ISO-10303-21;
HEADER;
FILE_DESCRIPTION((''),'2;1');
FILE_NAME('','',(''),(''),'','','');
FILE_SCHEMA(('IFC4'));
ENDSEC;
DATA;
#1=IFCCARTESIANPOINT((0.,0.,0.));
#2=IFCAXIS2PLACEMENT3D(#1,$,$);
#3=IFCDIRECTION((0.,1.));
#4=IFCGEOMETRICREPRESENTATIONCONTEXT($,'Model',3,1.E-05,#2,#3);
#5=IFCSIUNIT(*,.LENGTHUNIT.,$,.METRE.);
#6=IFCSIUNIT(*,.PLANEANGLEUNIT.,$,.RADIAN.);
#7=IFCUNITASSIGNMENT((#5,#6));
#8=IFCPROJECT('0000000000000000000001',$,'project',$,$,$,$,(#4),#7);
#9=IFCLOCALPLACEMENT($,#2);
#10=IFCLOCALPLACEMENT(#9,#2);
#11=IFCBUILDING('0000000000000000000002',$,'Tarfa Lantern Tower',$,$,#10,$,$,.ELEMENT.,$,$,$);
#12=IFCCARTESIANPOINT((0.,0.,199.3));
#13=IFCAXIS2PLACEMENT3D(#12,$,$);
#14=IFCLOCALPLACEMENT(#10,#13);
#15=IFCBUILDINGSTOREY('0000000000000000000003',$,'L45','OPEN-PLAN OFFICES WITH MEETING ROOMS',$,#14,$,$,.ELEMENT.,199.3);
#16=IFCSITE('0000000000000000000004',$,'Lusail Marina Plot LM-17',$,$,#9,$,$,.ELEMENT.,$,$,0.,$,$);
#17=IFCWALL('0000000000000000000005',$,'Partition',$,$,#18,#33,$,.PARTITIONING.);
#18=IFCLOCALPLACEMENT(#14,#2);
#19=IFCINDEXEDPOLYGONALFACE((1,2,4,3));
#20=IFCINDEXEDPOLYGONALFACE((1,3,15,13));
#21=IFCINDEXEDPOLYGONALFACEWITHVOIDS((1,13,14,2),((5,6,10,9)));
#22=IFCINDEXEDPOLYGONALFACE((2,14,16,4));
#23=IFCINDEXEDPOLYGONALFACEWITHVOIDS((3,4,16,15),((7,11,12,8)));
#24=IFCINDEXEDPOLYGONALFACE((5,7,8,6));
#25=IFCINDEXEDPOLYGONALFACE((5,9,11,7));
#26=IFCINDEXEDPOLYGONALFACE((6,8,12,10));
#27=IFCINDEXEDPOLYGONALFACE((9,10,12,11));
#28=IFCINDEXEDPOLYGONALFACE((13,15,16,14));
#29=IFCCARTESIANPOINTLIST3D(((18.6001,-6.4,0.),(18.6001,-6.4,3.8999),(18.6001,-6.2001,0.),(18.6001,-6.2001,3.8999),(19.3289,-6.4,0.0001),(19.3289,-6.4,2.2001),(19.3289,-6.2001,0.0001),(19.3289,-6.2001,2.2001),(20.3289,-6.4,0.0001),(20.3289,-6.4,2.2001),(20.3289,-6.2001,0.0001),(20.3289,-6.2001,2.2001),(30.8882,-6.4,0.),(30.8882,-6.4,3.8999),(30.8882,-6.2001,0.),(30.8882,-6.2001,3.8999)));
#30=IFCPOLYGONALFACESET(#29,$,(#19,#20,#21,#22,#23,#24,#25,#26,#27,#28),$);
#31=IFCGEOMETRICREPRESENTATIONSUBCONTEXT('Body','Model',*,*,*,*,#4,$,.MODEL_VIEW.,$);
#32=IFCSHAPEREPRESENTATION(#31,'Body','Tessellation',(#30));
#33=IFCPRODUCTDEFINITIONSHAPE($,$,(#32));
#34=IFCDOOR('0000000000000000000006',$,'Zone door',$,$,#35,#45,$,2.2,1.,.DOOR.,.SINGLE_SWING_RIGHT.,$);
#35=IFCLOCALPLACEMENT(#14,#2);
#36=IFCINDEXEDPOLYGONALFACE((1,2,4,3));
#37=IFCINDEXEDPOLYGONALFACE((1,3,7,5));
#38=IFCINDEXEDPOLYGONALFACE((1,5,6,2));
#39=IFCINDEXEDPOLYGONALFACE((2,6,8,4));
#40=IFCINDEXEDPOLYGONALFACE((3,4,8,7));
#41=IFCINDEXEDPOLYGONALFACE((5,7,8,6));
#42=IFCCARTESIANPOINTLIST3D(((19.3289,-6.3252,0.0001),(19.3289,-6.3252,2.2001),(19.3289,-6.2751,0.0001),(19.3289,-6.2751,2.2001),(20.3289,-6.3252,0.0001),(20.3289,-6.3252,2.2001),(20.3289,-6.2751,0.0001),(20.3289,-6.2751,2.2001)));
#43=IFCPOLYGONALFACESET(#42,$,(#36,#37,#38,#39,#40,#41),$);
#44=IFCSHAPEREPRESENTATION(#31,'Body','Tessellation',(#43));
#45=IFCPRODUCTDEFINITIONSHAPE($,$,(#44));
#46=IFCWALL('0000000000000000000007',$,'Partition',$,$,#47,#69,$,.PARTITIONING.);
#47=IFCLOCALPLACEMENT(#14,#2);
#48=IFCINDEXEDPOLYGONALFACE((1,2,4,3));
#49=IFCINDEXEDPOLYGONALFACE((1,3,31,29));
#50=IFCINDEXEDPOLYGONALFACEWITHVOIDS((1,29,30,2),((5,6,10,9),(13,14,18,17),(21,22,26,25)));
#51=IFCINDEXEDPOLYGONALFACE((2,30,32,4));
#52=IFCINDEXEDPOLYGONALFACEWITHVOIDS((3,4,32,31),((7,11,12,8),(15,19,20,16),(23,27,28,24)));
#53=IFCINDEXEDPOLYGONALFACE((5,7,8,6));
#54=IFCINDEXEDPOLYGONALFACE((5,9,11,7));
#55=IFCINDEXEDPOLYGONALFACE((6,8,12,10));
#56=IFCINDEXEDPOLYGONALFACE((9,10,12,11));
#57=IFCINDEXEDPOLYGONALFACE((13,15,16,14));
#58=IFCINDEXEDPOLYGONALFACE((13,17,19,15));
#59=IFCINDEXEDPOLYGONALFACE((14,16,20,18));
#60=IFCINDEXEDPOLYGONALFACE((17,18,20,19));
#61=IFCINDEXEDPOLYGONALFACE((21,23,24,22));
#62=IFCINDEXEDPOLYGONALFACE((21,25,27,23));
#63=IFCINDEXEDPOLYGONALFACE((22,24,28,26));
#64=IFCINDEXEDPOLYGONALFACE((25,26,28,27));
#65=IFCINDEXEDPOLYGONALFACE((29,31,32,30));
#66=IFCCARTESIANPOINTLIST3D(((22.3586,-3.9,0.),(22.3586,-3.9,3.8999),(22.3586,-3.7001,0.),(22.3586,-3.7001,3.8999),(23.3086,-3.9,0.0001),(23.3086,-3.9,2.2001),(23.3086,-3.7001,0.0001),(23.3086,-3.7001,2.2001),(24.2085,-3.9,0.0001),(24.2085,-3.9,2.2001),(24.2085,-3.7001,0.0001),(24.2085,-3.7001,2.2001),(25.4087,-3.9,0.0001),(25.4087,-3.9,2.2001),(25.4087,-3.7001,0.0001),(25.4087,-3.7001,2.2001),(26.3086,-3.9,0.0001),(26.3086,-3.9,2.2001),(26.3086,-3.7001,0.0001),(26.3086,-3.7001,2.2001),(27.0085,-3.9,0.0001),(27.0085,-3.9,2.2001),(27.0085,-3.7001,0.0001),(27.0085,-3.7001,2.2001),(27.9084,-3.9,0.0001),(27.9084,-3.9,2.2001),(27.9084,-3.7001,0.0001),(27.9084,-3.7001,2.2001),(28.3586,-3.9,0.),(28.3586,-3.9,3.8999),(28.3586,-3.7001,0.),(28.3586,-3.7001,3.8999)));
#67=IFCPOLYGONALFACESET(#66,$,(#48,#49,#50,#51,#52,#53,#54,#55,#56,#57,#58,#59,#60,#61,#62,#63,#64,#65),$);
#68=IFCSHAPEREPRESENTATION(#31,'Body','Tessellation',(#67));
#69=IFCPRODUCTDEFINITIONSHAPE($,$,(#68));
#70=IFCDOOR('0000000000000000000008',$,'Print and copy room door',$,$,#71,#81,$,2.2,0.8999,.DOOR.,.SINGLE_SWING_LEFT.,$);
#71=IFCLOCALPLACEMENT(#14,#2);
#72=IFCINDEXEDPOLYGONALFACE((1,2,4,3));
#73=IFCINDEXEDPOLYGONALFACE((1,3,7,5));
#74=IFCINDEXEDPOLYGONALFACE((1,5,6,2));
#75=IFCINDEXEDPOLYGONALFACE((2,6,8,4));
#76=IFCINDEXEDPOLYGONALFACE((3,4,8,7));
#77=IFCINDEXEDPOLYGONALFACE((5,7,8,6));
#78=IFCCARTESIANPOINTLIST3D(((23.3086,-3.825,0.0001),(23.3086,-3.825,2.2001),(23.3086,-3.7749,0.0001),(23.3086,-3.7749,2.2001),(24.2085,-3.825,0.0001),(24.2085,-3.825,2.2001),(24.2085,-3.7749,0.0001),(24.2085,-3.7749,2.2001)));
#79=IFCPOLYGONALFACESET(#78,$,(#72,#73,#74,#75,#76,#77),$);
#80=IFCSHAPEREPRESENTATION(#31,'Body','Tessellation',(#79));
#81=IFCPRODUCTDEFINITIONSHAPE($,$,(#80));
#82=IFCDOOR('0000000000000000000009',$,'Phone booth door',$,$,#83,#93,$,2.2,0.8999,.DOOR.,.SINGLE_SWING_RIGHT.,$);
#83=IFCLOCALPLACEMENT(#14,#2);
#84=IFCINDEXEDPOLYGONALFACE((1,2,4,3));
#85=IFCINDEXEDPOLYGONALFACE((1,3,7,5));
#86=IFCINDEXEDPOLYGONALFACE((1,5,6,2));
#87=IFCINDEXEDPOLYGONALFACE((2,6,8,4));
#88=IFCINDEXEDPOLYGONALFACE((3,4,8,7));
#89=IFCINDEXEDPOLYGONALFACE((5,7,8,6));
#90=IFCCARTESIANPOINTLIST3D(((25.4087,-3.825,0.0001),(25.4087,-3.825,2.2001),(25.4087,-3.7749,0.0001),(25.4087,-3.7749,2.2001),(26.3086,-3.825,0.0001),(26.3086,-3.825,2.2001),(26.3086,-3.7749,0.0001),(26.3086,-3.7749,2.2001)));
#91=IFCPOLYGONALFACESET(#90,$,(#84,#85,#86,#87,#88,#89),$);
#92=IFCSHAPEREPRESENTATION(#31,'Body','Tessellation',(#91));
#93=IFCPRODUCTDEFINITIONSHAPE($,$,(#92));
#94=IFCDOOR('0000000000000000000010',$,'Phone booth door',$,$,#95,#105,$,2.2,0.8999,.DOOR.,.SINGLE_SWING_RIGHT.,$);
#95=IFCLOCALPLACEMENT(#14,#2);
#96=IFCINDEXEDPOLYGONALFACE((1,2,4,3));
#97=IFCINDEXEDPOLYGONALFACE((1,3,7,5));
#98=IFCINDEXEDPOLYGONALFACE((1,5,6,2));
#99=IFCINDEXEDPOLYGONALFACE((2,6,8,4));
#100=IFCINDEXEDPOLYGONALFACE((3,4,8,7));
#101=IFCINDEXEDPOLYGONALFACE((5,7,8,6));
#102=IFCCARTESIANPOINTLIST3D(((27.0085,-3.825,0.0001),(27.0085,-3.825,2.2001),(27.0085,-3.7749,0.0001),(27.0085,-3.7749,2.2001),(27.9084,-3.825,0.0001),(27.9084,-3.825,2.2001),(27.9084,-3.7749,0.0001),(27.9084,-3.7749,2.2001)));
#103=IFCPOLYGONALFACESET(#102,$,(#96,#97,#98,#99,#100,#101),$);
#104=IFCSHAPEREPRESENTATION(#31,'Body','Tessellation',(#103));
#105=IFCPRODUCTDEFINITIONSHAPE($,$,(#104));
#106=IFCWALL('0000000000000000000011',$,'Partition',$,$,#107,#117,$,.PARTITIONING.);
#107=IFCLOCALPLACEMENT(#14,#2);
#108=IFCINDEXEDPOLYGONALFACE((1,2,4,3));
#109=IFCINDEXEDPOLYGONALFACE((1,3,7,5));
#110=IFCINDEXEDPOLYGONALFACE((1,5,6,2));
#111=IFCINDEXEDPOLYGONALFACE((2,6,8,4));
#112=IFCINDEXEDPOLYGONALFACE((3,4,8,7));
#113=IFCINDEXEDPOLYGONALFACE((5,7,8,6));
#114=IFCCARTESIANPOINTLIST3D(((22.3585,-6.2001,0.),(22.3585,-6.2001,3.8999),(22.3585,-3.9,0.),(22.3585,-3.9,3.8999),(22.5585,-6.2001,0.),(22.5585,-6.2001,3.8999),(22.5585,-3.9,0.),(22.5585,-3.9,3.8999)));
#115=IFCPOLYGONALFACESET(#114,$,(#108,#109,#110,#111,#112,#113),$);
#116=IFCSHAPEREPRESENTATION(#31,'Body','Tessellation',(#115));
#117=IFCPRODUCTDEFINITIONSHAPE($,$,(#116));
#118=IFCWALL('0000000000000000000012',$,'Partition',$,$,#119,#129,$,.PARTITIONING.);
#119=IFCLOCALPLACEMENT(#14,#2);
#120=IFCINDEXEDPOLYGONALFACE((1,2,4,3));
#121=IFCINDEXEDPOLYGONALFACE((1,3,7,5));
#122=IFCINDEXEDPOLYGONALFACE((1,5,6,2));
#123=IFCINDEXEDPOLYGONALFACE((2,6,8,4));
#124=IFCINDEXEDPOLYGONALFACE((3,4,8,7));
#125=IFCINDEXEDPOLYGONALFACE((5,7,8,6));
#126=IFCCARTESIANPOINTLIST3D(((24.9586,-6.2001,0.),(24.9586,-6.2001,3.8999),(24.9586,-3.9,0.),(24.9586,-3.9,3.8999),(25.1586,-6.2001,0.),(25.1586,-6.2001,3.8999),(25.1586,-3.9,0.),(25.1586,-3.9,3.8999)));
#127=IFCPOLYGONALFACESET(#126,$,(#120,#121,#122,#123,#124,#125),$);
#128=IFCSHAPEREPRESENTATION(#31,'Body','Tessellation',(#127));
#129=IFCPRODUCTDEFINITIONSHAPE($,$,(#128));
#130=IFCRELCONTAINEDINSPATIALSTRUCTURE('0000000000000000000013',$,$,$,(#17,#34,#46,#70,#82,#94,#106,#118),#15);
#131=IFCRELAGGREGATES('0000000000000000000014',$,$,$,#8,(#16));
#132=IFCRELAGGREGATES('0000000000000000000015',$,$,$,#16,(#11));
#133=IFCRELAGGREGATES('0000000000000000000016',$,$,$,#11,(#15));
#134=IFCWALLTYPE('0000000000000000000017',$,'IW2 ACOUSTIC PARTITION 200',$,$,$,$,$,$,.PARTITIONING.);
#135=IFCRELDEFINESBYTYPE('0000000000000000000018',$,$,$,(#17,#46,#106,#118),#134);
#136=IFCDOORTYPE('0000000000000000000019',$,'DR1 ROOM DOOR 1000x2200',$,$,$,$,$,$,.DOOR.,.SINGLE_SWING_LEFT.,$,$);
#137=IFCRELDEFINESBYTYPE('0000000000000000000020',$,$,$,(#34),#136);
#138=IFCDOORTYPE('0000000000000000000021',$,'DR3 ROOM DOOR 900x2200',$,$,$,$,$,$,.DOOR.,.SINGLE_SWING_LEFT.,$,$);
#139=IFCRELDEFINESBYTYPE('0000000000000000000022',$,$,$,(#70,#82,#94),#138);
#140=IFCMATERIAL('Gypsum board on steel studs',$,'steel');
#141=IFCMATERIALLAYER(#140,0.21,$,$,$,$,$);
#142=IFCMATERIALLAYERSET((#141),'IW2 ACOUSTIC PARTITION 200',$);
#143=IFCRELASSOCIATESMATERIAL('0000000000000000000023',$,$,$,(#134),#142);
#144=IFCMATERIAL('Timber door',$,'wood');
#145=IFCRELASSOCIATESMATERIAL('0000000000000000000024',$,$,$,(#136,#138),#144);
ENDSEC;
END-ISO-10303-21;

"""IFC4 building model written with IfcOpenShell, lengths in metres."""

from ifc_helpers import new_model, si_unit, direction, frame, frame_2d, origin, place, context, subcontext, project, spatial, rectangle, extrude, material, layer, layer_set, type_object, element, fill, save


model = new_model("IFC4")

# Units and contexts
model_context = context("Model", 3, precision=1e-05, world=origin(), true_north=direction((0.0, 1.0)))
body_context = subcontext(model_context, "Body", "Model", "MODEL_VIEW")
ifc_project = project(units=[si_unit("LENGTHUNIT", "METRE"), si_unit("PLANEANGLEUNIT", "RADIAN")], contexts=[model_context])

# Site, building, storey
site_placement = place(None, origin())
site = spatial("IfcSite", under=ifc_project, at=site_placement, Name="Lusail Marina Plot LM-17", CompositionType="ELEMENT", RefElevation=0.0)
building_placement = place(site_placement, origin())
building = spatial("IfcBuilding", under=site, at=building_placement, Name="Tarfa Lantern Tower", CompositionType="ELEMENT")
storey_placement = place(building_placement, frame((0.0, 0.0, 199.3)))
storey = spatial("IfcBuildingStorey", under=building, at=storey_placement, Name="L45", Description="OPEN-PLAN OFFICES WITH MEETING ROOMS", CompositionType="ELEMENT", Elevation=199.3)

# Wall, opening, door
ifc_material_1 = material(Name="Gypsum board on steel studs", Category="steel")
ifc_layer_1 = layer(ifc_material_1, 0.21)
ifc_layer_set_1 = layer_set([ifc_layer_1], Name="IW2 ACOUSTIC PARTITION 200")
wall_type_1 = type_object("IfcWallType", Name="IW2 ACOUSTIC PARTITION 200", PredefinedType="PARTITIONING", material=ifc_layer_set_1)
wall_1_placement = place(storey_placement, frame((18.6001, -6.3, 0.0), z_axis=(0.0, 0.0, 1.0), x_axis=(1.0, 0.0, 0.0)))
wall_1 = element("IfcWall", 1, at=wall_1_placement, inside=storey, type_object=wall_type_1, Name="Partition", PredefinedType="PARTITIONING", context=body_context, shape_type="SweptSolid", body=[
    extrude(rectangle(XDim=12.2881, YDim=0.2, at=frame_2d((6.144, 0.0))), origin(), (0.0, 0.0, 1.0), 3.8999),
])
opening_1_placement = place(wall_1_placement, frame((0.7288, 0.0, 0.0)))
opening_1 = element("IfcOpeningElement", 2, at=opening_1_placement, cuts=wall_1, PredefinedType="OPENING", context=body_context, shape_type="SweptSolid", body=[
    extrude(rectangle(XDim=1.0, YDim=2.2, at=frame_2d((0.5, 1.1001))), frame((0.0, 0.1099, 0.0), z_axis=(0.0, -1.0, 0.0), x_axis=(1.0, 0.0, 0.0)), (0.0, 0.0, 1.0), 0.22),
])
ifc_material_2 = material(Name="Timber door", Category="wood")
door_type_1 = type_object("IfcDoorType", Name="DR1 ROOM DOOR 1000x2200", OperationType="SINGLE_SWING_LEFT", PredefinedType="DOOR", material=ifc_material_2)
door_1_placement = place(opening_1_placement, origin())
door_1 = element("IfcDoor", 3, at=door_1_placement, inside=storey, type_object=door_type_1, Name="Zone door", OperationType="SINGLE_SWING_RIGHT", OverallHeight=2.2, OverallWidth=1.0, PredefinedType="DOOR", context=body_context, shape_type="SweptSolid", body=[
    extrude(rectangle(XDim=1.0, YDim=2.2, at=frame_2d((0.5, 1.1001))), frame((0.0, 0.0249, 0.0), z_axis=(0.0, -1.0, 0.0), x_axis=(1.0, 0.0, 0.0)), (0.0, 0.0, 1.0), 0.05),
])
fill(opening_1, door_1)

# Wall, openings, doors
wall_2_placement = place(storey_placement, frame((22.3586, -3.8, 0.0), z_axis=(0.0, 0.0, 1.0), x_axis=(1.0, 0.0, 0.0)))
wall_2 = element("IfcWall", 4, at=wall_2_placement, inside=storey, type_object=wall_type_1, Name="Partition", PredefinedType="PARTITIONING", context=body_context, shape_type="SweptSolid", body=[
    extrude(rectangle(XDim=6.0, YDim=0.2, at=frame_2d((3.0, 0.0))), origin(), (0.0, 0.0, 1.0), 3.8999),
])
opening_2_placement = place(wall_2_placement, frame((0.95, 0.0, 0.0)))
opening_2 = element("IfcOpeningElement", 5, at=opening_2_placement, cuts=wall_2, PredefinedType="OPENING", context=body_context, shape_type="SweptSolid", body=[
    extrude(rectangle(XDim=0.8999, YDim=2.2, at=frame_2d((0.45, 1.1001))), frame((0.0, 0.1099, 0.0), z_axis=(0.0, -1.0, 0.0), x_axis=(1.0, 0.0, 0.0)), (0.0, 0.0, 1.0), 0.22),
])
opening_3_placement = place(wall_2_placement, frame((3.05, 0.0, 0.0)))
opening_3 = element("IfcOpeningElement", 6, at=opening_3_placement, cuts=wall_2, PredefinedType="OPENING", context=body_context, shape_type="SweptSolid", body=[
    extrude(rectangle(XDim=0.8999, YDim=2.2, at=frame_2d((0.45, 1.1001))), frame((0.0, 0.1099, 0.0), z_axis=(0.0, -1.0, 0.0), x_axis=(1.0, 0.0, 0.0)), (0.0, 0.0, 1.0), 0.22),
])
opening_4_placement = place(wall_2_placement, frame((4.6499, 0.0, 0.0)))
opening_4 = element("IfcOpeningElement", 7, at=opening_4_placement, cuts=wall_2, PredefinedType="OPENING", context=body_context, shape_type="SweptSolid", body=[
    extrude(rectangle(XDim=0.8999, YDim=2.2, at=frame_2d((0.45, 1.1001))), frame((0.0, 0.1099, 0.0), z_axis=(0.0, -1.0, 0.0), x_axis=(1.0, 0.0, 0.0)), (0.0, 0.0, 1.0), 0.22),
])
door_type_2 = type_object("IfcDoorType", Name="DR3 ROOM DOOR 900x2200", OperationType="SINGLE_SWING_LEFT", PredefinedType="DOOR", material=ifc_material_2)
door_2_placement = place(opening_2_placement, frame((0.8999, 0.0, 0.0), z_axis=(0.0, 0.0, 1.0), x_axis=(-1.0, 0.0, 0.0)))
door_2 = element("IfcDoor", 8, at=door_2_placement, inside=storey, type_object=door_type_2, Name="Print and copy room door", OperationType="SINGLE_SWING_LEFT", OverallHeight=2.2, OverallWidth=0.8999, PredefinedType="DOOR", context=body_context, shape_type="SweptSolid", body=[
    extrude(rectangle(XDim=0.8999, YDim=2.2, at=frame_2d((0.45, 1.1001))), frame((0.0, 0.0249, 0.0), z_axis=(0.0, -1.0, 0.0), x_axis=(1.0, 0.0, 0.0)), (0.0, 0.0, 1.0), 0.05),
])
fill(opening_2, door_2)
door_3_placement = place(opening_3_placement, frame((0.8999, 0.0, 0.0), z_axis=(0.0, 0.0, 1.0), x_axis=(-1.0, 0.0, 0.0)))
door_3 = element("IfcDoor", 9, at=door_3_placement, inside=storey, type_object=door_type_2, Name="Phone booth door", OperationType="SINGLE_SWING_RIGHT", OverallHeight=2.2, OverallWidth=0.8999, PredefinedType="DOOR", context=body_context, shape_type="SweptSolid", body=[
    extrude(rectangle(XDim=0.8999, YDim=2.2, at=frame_2d((0.45, 1.1001))), frame((0.0, 0.0249, 0.0), z_axis=(0.0, -1.0, 0.0), x_axis=(1.0, 0.0, 0.0)), (0.0, 0.0, 1.0), 0.05),
])
fill(opening_3, door_3)
door_4_placement = place(opening_4_placement, frame((0.8999, 0.0, 0.0), z_axis=(0.0, 0.0, 1.0), x_axis=(-1.0, 0.0, 0.0)))
door_4 = element("IfcDoor", 10, at=door_4_placement, inside=storey, type_object=door_type_2, Name="Phone booth door", OperationType="SINGLE_SWING_RIGHT", OverallHeight=2.2, OverallWidth=0.8999, PredefinedType="DOOR", context=body_context, shape_type="SweptSolid", body=[
    extrude(rectangle(XDim=0.8999, YDim=2.2, at=frame_2d((0.45, 1.1001))), frame((0.0, 0.0249, 0.0), z_axis=(0.0, -1.0, 0.0), x_axis=(1.0, 0.0, 0.0)), (0.0, 0.0, 1.0), 0.05),
])
fill(opening_4, door_4)

# Walls
for number, where, z_axis, x_axis, name in (
    (11, (22.4585, -6.2, 0.0), (0.0, 0.0, 1.0), (0.0, 1.0, 0.0), "Partition"),
    (12, (25.0586, -6.2, 0.0), (0.0, 0.0, 1.0), (0.0, 1.0, 0.0), "Partition"),
):
    element("IfcWall", number, at=place(storey_placement, frame(where, z_axis=z_axis, x_axis=x_axis)), inside=storey, type_object=wall_type_1, Name=name, PredefinedType="PARTITIONING", context=body_context, shape_type="SweptSolid", body=[
        extrude(rectangle(XDim=2.3, YDim=0.2, at=frame_2d((1.1499, 0.0))), origin(), (0.0, 0.0, 1.0), 3.8999),
    ])

save(model, "model.ifc")
